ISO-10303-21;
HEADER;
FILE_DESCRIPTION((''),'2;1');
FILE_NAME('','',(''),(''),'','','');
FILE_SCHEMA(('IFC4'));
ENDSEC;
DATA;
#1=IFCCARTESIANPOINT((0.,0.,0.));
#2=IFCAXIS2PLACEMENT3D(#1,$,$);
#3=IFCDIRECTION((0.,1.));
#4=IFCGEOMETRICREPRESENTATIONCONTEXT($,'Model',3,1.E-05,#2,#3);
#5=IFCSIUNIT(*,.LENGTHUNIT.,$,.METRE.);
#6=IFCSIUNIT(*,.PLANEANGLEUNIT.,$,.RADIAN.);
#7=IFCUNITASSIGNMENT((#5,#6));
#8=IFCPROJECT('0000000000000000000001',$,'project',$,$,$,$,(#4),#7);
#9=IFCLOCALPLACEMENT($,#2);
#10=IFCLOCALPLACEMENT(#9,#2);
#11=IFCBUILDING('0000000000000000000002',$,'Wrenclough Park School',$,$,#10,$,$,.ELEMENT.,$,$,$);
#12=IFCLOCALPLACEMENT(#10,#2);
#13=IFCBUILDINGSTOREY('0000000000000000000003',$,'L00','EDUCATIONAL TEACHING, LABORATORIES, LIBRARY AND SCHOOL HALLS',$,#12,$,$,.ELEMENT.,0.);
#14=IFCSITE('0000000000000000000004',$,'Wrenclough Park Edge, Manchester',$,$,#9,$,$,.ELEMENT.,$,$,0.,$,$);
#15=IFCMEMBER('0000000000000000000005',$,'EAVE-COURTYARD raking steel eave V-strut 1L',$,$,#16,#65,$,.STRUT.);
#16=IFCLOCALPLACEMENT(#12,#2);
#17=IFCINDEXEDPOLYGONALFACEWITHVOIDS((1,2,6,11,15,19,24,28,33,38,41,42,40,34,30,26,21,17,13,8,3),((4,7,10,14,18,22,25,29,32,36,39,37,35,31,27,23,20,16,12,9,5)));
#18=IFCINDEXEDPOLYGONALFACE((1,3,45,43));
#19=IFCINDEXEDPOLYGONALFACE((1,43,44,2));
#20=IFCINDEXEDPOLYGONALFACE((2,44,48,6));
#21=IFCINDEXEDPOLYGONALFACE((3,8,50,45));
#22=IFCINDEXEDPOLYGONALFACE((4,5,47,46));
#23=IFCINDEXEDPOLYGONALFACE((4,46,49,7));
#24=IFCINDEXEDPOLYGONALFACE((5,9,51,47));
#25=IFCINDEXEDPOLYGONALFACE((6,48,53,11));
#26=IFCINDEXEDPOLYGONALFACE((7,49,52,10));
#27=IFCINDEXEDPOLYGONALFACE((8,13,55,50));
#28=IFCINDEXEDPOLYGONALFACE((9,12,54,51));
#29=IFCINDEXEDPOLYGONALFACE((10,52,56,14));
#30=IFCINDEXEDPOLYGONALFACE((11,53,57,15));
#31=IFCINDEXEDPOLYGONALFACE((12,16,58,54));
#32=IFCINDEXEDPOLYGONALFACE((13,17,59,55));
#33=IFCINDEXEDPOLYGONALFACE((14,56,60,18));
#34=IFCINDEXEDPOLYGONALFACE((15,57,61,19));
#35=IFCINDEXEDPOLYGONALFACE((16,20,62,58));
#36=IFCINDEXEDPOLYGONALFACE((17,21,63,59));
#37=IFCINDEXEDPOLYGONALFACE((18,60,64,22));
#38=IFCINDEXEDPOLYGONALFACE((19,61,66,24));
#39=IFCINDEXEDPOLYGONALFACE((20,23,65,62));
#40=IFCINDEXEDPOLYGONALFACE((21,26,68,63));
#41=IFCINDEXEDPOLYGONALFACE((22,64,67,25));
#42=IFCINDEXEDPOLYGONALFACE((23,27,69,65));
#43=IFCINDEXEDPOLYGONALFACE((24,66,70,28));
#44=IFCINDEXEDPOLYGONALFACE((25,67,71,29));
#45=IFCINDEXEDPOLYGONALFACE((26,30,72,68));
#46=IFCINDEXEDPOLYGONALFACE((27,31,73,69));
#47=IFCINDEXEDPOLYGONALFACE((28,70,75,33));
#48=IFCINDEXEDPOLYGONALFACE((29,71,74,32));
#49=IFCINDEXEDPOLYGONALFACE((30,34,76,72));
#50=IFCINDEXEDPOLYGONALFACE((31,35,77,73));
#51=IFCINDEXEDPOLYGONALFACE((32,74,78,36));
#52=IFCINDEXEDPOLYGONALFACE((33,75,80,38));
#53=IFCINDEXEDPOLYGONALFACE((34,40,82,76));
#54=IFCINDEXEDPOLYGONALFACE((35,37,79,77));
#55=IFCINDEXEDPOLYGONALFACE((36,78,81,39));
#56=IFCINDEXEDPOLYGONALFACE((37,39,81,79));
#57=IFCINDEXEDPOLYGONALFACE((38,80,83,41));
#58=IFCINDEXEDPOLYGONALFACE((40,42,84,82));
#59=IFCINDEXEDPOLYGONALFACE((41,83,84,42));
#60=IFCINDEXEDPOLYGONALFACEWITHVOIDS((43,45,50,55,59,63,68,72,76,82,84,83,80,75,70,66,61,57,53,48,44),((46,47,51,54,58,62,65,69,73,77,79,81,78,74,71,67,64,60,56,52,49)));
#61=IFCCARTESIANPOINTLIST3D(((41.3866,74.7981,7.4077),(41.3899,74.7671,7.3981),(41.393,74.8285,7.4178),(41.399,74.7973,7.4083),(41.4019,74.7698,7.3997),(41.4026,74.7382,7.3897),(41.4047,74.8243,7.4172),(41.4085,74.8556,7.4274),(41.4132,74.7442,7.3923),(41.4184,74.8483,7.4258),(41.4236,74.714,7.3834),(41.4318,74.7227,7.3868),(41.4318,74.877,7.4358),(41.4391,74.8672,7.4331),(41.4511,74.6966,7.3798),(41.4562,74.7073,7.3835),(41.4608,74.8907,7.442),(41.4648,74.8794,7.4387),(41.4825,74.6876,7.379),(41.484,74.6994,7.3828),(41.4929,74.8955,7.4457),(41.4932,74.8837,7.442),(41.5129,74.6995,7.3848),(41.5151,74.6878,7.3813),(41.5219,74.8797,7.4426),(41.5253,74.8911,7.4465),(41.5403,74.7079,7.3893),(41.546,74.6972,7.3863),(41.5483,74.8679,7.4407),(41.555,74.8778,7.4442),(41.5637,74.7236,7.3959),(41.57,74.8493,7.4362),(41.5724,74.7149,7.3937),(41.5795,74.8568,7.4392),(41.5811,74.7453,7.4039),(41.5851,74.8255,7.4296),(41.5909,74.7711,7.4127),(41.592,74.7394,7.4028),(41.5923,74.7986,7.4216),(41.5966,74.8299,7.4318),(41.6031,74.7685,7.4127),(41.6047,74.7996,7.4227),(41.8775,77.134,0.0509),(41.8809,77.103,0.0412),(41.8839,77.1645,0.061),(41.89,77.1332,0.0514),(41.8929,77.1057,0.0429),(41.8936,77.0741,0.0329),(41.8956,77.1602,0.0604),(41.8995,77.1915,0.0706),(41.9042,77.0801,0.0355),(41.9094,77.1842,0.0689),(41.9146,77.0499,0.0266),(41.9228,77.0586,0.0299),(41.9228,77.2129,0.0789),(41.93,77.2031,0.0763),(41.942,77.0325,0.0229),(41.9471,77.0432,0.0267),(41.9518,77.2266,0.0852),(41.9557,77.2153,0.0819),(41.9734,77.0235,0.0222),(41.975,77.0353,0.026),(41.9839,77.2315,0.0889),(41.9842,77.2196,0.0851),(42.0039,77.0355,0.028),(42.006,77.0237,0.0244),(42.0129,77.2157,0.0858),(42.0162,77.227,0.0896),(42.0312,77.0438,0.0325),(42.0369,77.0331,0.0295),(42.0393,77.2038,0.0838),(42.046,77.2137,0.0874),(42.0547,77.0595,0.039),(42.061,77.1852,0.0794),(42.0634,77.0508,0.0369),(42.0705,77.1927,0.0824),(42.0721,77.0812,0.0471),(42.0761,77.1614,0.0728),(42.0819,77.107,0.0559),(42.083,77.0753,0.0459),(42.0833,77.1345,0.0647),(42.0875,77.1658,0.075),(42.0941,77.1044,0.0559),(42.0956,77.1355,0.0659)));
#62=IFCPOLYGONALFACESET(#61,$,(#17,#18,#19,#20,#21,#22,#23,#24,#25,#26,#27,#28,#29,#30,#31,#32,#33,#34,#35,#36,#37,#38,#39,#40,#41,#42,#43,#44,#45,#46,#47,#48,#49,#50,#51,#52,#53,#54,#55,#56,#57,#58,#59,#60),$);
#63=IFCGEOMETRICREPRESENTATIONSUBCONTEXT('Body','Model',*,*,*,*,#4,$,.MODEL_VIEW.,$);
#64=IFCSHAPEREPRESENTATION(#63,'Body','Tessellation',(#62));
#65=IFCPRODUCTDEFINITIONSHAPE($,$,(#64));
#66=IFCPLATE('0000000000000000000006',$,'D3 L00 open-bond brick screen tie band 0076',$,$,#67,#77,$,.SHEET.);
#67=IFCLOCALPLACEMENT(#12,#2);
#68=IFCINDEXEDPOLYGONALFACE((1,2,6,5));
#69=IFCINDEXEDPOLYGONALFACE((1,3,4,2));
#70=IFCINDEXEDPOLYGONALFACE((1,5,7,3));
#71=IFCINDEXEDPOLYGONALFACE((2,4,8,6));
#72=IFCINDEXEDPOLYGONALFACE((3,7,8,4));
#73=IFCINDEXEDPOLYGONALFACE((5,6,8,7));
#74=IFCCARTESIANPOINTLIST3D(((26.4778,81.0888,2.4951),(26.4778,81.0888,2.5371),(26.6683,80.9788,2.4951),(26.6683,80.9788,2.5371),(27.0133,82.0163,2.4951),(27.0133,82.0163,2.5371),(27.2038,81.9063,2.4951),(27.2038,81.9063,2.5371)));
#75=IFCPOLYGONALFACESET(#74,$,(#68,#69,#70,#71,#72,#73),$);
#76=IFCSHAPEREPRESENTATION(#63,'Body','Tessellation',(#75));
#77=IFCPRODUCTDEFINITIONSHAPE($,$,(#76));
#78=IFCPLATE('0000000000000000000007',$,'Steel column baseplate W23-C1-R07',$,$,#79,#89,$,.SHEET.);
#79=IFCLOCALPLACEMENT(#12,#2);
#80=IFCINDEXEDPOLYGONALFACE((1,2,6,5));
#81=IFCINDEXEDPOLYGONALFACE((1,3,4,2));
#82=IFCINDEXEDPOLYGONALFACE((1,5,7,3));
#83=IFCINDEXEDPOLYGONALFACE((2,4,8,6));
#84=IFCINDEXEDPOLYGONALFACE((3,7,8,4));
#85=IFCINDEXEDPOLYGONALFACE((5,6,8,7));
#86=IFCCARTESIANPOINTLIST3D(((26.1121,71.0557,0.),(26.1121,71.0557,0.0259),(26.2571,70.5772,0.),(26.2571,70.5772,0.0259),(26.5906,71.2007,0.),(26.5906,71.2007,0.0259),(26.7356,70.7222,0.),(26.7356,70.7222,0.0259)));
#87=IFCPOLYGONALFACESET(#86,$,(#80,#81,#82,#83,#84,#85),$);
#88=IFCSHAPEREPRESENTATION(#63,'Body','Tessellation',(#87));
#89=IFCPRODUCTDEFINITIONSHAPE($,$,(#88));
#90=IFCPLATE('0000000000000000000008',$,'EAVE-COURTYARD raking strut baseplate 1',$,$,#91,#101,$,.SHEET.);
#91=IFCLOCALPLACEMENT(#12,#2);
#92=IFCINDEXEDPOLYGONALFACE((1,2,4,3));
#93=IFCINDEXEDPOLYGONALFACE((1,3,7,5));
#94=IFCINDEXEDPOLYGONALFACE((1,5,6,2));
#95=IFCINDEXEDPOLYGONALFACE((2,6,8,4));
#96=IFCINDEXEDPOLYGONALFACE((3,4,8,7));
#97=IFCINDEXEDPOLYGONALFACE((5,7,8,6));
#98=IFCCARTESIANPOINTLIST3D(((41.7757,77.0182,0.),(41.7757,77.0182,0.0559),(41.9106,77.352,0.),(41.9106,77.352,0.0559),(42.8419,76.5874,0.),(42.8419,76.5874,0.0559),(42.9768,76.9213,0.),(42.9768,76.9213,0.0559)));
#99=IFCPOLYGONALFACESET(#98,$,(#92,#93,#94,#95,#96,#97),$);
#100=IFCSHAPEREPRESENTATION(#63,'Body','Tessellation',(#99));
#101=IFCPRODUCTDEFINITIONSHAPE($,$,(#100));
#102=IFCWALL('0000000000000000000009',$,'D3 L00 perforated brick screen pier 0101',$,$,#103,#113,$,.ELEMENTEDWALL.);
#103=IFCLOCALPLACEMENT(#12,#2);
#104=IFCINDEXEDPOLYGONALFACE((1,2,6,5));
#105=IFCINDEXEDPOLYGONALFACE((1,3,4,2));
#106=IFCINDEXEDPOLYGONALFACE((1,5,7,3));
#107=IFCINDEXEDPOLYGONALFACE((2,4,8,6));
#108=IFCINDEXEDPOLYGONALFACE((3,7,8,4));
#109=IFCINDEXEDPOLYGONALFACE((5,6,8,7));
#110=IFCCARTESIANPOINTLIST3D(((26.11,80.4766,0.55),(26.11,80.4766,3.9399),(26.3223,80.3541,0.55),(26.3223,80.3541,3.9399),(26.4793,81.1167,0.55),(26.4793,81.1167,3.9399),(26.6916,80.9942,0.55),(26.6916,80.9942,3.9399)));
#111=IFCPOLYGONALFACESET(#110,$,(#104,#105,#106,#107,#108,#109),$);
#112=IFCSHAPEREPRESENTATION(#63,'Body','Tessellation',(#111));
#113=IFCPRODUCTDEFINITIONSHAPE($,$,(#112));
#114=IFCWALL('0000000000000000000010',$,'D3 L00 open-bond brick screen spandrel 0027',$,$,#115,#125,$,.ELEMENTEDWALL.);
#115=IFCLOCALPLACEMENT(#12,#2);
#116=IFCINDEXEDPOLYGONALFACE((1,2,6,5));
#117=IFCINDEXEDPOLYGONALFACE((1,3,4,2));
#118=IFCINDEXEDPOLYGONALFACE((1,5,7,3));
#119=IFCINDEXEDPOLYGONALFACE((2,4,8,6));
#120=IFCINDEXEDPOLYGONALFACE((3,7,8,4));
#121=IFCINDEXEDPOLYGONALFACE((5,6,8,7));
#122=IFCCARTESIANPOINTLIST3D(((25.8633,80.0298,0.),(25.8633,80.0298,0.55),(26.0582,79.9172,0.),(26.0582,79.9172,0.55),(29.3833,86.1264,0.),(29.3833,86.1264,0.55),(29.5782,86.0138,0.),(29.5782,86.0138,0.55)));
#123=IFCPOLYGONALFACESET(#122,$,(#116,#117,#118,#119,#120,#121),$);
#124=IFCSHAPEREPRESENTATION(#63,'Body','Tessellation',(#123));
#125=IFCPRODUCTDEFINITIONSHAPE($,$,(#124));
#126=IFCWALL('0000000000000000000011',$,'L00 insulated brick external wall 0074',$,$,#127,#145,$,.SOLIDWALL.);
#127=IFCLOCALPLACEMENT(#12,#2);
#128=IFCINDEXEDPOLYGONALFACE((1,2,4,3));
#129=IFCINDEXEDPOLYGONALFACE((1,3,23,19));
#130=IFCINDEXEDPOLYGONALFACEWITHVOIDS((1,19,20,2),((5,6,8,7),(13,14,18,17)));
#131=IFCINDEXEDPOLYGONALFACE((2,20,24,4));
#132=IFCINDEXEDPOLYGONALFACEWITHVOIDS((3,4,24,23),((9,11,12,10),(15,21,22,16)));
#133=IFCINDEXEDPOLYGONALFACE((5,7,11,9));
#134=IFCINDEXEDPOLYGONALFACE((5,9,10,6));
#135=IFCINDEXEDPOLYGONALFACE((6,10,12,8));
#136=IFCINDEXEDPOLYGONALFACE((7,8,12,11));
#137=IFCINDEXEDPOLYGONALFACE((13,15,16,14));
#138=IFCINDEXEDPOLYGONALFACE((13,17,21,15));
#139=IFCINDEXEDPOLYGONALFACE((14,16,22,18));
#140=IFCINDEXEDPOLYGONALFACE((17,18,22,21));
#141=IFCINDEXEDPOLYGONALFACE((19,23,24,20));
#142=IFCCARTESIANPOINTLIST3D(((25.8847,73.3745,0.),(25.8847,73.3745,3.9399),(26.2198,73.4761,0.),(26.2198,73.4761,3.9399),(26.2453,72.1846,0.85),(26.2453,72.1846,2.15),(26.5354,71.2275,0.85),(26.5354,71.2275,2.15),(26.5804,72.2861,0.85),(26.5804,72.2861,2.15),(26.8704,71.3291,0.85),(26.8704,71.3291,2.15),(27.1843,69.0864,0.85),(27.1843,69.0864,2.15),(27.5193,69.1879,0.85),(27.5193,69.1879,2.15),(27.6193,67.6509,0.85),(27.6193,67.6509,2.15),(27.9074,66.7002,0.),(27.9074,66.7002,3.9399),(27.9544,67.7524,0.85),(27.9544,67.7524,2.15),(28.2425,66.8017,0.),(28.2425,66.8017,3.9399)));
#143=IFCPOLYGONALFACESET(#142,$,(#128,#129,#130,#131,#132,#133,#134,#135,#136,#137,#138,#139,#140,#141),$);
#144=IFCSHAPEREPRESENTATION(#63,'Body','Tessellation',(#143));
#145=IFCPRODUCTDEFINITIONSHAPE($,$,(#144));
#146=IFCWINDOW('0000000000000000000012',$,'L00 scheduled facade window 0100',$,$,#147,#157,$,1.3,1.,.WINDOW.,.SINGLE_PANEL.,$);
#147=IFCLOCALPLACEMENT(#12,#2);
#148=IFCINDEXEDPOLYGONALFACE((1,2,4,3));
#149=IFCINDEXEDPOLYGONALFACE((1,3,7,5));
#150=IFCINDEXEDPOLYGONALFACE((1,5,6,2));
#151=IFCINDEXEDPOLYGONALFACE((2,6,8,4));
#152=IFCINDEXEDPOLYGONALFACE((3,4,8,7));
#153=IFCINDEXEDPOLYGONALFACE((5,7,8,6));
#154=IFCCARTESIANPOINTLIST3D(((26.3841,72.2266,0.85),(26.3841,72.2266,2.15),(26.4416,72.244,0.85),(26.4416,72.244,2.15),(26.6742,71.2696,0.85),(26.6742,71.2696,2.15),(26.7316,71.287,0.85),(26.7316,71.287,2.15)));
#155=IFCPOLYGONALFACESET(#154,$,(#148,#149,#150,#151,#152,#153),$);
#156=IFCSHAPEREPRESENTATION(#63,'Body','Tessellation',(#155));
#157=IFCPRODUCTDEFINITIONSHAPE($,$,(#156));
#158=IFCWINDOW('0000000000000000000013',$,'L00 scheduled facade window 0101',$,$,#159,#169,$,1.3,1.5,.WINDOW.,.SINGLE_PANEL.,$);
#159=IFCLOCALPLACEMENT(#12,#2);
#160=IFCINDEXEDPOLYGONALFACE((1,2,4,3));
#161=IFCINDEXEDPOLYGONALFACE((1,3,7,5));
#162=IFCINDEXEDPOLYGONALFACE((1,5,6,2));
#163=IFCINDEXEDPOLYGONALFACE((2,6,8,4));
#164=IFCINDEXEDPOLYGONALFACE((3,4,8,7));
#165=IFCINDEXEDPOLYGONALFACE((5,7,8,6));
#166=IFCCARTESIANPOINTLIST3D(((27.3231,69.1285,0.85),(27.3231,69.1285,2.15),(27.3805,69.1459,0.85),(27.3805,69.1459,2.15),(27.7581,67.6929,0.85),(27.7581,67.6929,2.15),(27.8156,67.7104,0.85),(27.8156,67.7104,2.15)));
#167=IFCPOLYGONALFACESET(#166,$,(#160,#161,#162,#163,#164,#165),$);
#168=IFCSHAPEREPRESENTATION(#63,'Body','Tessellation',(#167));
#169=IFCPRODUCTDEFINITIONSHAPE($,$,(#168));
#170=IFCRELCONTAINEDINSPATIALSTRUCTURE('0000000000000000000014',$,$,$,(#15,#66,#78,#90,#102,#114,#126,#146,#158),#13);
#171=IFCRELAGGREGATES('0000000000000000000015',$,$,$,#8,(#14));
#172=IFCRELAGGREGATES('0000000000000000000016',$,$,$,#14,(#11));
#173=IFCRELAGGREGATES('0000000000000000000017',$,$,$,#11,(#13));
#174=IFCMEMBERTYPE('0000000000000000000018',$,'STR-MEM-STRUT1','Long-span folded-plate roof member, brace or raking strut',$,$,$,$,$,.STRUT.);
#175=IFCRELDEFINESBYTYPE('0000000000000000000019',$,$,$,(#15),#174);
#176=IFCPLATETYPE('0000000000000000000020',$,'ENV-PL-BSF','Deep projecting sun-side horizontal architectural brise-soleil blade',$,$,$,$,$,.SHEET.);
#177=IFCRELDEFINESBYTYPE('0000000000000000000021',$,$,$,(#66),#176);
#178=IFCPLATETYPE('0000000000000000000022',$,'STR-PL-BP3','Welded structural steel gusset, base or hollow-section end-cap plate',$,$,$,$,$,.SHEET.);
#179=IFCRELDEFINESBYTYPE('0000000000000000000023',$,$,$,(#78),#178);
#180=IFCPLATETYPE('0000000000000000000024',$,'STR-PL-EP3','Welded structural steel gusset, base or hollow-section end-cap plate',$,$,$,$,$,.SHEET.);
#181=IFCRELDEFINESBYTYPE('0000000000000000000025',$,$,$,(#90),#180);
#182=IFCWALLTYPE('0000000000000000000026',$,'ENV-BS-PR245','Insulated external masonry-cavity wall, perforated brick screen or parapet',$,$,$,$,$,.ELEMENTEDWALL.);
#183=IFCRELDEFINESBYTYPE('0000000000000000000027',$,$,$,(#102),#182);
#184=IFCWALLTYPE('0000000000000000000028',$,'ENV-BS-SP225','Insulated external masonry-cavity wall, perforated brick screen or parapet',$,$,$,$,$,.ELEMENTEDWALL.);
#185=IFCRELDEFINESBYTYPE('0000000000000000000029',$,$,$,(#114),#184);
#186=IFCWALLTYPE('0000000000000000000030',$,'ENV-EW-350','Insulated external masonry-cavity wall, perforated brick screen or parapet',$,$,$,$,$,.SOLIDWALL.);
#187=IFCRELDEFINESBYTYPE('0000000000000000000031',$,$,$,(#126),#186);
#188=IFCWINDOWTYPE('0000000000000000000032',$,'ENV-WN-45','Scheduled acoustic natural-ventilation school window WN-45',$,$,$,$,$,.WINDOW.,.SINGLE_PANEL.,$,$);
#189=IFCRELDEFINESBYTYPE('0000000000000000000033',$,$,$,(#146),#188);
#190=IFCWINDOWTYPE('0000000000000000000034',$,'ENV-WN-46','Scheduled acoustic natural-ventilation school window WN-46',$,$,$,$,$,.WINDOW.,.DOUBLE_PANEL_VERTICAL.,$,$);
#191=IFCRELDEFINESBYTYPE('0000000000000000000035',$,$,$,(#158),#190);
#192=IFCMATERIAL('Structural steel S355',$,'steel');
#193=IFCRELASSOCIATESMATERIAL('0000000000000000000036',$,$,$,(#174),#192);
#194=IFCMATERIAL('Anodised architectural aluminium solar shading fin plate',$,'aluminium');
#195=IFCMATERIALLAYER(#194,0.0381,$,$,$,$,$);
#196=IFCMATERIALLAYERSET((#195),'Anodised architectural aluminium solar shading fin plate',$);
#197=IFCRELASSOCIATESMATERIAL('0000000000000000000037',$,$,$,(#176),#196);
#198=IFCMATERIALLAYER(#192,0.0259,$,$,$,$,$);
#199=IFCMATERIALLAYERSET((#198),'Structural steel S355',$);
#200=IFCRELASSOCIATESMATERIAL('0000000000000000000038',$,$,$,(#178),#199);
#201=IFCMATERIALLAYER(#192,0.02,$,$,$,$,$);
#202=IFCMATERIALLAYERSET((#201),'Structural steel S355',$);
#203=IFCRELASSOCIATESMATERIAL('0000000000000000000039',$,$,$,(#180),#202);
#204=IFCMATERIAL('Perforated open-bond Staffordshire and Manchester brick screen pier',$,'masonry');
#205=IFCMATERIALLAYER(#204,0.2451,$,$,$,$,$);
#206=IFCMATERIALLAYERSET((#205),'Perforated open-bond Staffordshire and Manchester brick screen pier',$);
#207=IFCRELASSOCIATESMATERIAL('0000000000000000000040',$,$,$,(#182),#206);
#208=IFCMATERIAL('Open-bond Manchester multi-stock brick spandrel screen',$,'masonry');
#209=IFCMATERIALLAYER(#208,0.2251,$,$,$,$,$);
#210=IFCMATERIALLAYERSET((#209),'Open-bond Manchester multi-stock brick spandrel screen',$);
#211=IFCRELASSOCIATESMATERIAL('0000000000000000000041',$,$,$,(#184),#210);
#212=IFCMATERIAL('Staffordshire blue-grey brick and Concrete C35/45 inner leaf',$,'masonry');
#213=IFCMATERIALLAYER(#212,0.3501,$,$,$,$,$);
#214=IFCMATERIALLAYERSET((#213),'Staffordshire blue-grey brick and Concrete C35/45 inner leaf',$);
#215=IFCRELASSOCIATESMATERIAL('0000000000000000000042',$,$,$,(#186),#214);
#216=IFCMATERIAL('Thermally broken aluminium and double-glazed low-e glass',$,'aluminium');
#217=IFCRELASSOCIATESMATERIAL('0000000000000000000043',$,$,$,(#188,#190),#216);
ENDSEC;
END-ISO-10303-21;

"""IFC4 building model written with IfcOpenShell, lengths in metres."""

from ifc_helpers import new_model, si_unit, direction, frame, frame_2d, origin, origin_2d, place, context, subcontext, project, spatial, rectangle, hollow_circle, extrude, material, layer, layer_set, material_profile, profile_set, type_object, element, fill, save


model = new_model("IFC4")

# Units and contexts
model_context = context("Model", 3, precision=1e-05, world=origin(), true_north=direction((0.0, 1.0)))
body_context = subcontext(model_context, "Body", "Model", "MODEL_VIEW")
ifc_project = project(units=[si_unit("LENGTHUNIT", "METRE"), si_unit("PLANEANGLEUNIT", "RADIAN")], contexts=[model_context])

# Site, building, storey
site_placement = place(None, origin())
site = spatial("IfcSite", under=ifc_project, at=site_placement, Name="Wrenclough Park Edge, Manchester", CompositionType="ELEMENT", RefElevation=0.0)
building_placement = place(site_placement, origin())
building = spatial("IfcBuilding", under=site, at=building_placement, Name="Wrenclough Park School", CompositionType="ELEMENT")
storey_placement = place(building_placement, origin())
storey = spatial("IfcBuildingStorey", under=building, at=storey_placement, Name="L00", Description="EDUCATIONAL TEACHING, LABORATORIES, LIBRARY AND SCHOOL HALLS", CompositionType="ELEMENT", Elevation=0.0)

# Shared definitions
ifc_material_1 = material(Name="Structural steel S355", Category="steel")

# Member
ifc_material_profile_1 = material_profile(ifc_material_1, hollow_circle(Radius=0.1096, WallThickness=0.0125, at=origin_2d()), Name="CHS 219.1x12.5")
ifc_profile_set_1 = profile_set([ifc_material_profile_1], Name="Structural steel S355")
member_type_1 = type_object("IfcMemberType", Name="STR-MEM-STRUT1", Description="Long-span folded-plate roof member, brace or raking strut", PredefinedType="STRUT", material=ifc_profile_set_1)
member_1_placement = place(storey_placement, frame((41.9868, 77.127, 0.0559), z_axis=(-0.063478, -0.302016, 0.951187), x_axis=(0.978618, -0.205686, 0.0)))
element("IfcMember", 1, at=member_1_placement, inside=storey, type_object=member_type_1, Name="EAVE-COURTYARD raking steel eave V-strut 1L", PredefinedType="STRUT", context=body_context, shape_type="SweptSolid", body=[
    extrude(hollow_circle(Radius=0.1096, WallThickness=0.0125, at=origin_2d()), origin(), (0.0, 0.0, 1.0), 7.7344),
])

# Plates
ifc_material_2 = material(Name="Anodised architectural aluminium solar shading fin plate", Category="aluminium")
ifc_layer_1 = layer(ifc_material_2, 0.0381)
ifc_layer_set_1 = layer_set([ifc_layer_1], Name="Anodised architectural aluminium solar shading fin plate")
plate_type_1 = type_object("IfcPlateType", Name="ENV-PL-BSF", Description="Deep projecting sun-side horizontal architectural brise-soleil blade", PredefinedType="SHEET", material=ifc_layer_set_1)
plate_1_placement = place(storey_placement, frame((26.8408, 81.4976, 2.4951), z_axis=(0.0, 0.0, 1.0), x_axis=(0.499991, 0.866031, 0.0)))
element("IfcPlate", 2, at=plate_1_placement, inside=storey, type_object=plate_type_1, Name="D3 L00 open-bond brick screen tie band 0076", PredefinedType="SHEET", context=body_context, shape_type="SweptSolid", body=[
    extrude(rectangle(XDim=1.071, YDim=0.22, at=origin_2d()), origin(), (0.0, 0.0, 1.0), 0.042),
])
ifc_layer_2 = layer(ifc_material_1, 0.0259)
ifc_layer_set_2 = layer_set([ifc_layer_2], Name="Structural steel S355")
plate_type_2 = type_object("IfcPlateType", Name="STR-PL-BP3", Description="Welded structural steel gusset, base or hollow-section end-cap plate", PredefinedType="SHEET", material=ifc_layer_set_2)
plate_2_placement = place(storey_placement, frame((26.4238, 70.8889, 0.0), z_axis=(0.0, 0.0, 1.0), x_axis=(-0.290034, 0.957016, 0.0)))
element("IfcPlate", 3, at=plate_2_placement, inside=storey, type_object=plate_type_2, Name="Steel column baseplate W23-C1-R07", PredefinedType="SHEET", context=body_context, shape_type="SweptSolid", body=[
    extrude(rectangle(XDim=0.5, YDim=0.5, at=origin_2d()), origin(), (0.0, 0.0, 1.0), 0.0259),
])
ifc_layer_3 = layer(ifc_material_1, 0.02)
ifc_layer_set_3 = layer_set([ifc_layer_3], Name="Structural steel S355")
plate_type_3 = type_object("IfcPlateType", Name="STR-PL-EP3", Description="Welded structural steel gusset, base or hollow-section end-cap plate", PredefinedType="SHEET", material=ifc_layer_set_3)
plate_3_placement = place(storey_placement, frame((42.3762, 76.9697, 0.0), z_axis=(0.0, 0.0, 1.0), x_axis=(0.927184, -0.374607, 0.0)))
element("IfcPlate", 4, at=plate_3_placement, inside=storey, type_object=plate_type_3, Name="EAVE-COURTYARD raking strut baseplate 1", PredefinedType="SHEET", context=body_context, shape_type="SweptSolid", body=[
    extrude(rectangle(XDim=1.1499, YDim=0.3601, at=origin_2d()), origin(), (0.0, 0.0, 1.0), 0.0559),
])

# Walls
ifc_material_3 = material(Name="Perforated open-bond Staffordshire and Manchester brick screen pier", Category="masonry")
ifc_layer_4 = layer(ifc_material_3, 0.2451)
ifc_layer_set_4 = layer_set([ifc_layer_4], Name="Perforated open-bond Staffordshire and Manchester brick screen pier")
wall_type_1 = type_object("IfcWallType", Name="ENV-BS-PR245", Description="Insulated external masonry-cavity wall, perforated brick screen or parapet", PredefinedType="ELEMENTEDWALL", material=ifc_layer_set_4)
wall_1_placement = place(storey_placement, frame((26.2161, 80.4153, 0.55), z_axis=(0.0, 0.0, 1.0), x_axis=(0.499799, 0.866142, 0.0)))
element("IfcWall", 5, at=wall_1_placement, inside=storey, type_object=wall_type_1, Name="D3 L00 perforated brick screen pier 0101", PredefinedType="ELEMENTEDWALL", context=body_context, shape_type="SweptSolid", body=[
    extrude(rectangle(XDim=0.739, YDim=0.2451, at=frame_2d((0.3696, 0.0))), origin(), (0.0, 0.0, 1.0), 3.3899),
])
ifc_material_4 = material(Name="Open-bond Manchester multi-stock brick spandrel screen", Category="masonry")
ifc_layer_5 = layer(ifc_material_4, 0.2251)
ifc_layer_set_5 = layer_set([ifc_layer_5], Name="Open-bond Manchester multi-stock brick spandrel screen")
wall_type_2 = type_object("IfcWallType", Name="ENV-BS-SP225", Description="Insulated external masonry-cavity wall, perforated brick screen or parapet", PredefinedType="ELEMENTEDWALL", material=ifc_layer_set_5)
wall_2_placement = place(storey_placement, frame((25.9607, 79.9734, 0.0), z_axis=(0.0, 0.0, 1.0), x_axis=(0.500011, 0.866019, 0.0)))
element("IfcWall", 6, at=wall_2_placement, inside=storey, type_object=wall_type_2, Name="D3 L00 open-bond brick screen spandrel 0027", PredefinedType="ELEMENTEDWALL", context=body_context, shape_type="SweptSolid", body=[
    extrude(rectangle(XDim=7.0398, YDim=0.2251, at=frame_2d((3.52, 0.0))), origin(), (0.0, 0.0, 1.0), 0.55),
])

# Wall, openings, windows
ifc_material_5 = material(Name="Staffordshire blue-grey brick and Concrete C35/45 inner leaf", Category="masonry")
ifc_layer_6 = layer(ifc_material_5, 0.3501)
ifc_layer_set_6 = layer_set([ifc_layer_6], Name="Staffordshire blue-grey brick and Concrete C35/45 inner leaf")
wall_type_3 = type_object("IfcWallType", Name="ENV-EW-350", Description="Insulated external masonry-cavity wall, perforated brick screen or parapet", PredefinedType="SOLIDWALL", material=ifc_layer_set_6)
wall_3_placement = place(storey_placement, frame((26.0522, 73.4253, 0.0), z_axis=(0.0, 0.0, 1.0), x_axis=(0.290032, -0.957017, 0.0)))
wall_3 = element("IfcWall", 7, at=wall_3_placement, inside=storey, type_object=wall_type_3, Name="L00 insulated brick external wall 0074", PredefinedType="SOLIDWALL", context=body_context, shape_type="SweptSolid", body=[
    extrude(rectangle(XDim=6.9741, YDim=0.3501, at=frame_2d((3.4871, 0.0))), origin(), (0.0, 0.0, 1.0), 3.9399),
])
opening_1_placement = place(wall_3_placement, frame((1.2434, 0.0, 0.8501)))
opening_1 = element("IfcOpeningElement", 8, at=opening_1_placement, cuts=wall_3, PredefinedType="OPENING", context=body_context, shape_type="SweptSolid", body=[
    extrude(rectangle(XDim=1.0, YDim=1.3, at=frame_2d((0.5, 0.6499))), frame((0.0, 0.1851, 0.0), z_axis=(0.0, -1.0, 0.0), x_axis=(1.0, 0.0, 0.0)), (0.0, 0.0, 1.0), 0.3701),
])
opening_2_placement = place(wall_3_placement, frame((4.4807, 0.0, 0.8501)))
opening_2 = element("IfcOpeningElement", 9, at=opening_2_placement, cuts=wall_3, PredefinedType="OPENING", context=body_context, shape_type="SweptSolid", body=[
    extrude(rectangle(XDim=1.5, YDim=1.3, at=frame_2d((0.75, 0.6499))), frame((0.0, 0.1851, 0.0), z_axis=(0.0, -1.0, 0.0), x_axis=(1.0, 0.0, 0.0)), (0.0, 0.0, 1.0), 0.3701),
])
ifc_material_6 = material(Name="Thermally broken aluminium and double-glazed low-e glass", Category="aluminium")
window_type_1 = type_object("IfcWindowType", Name="ENV-WN-45", Description="Scheduled acoustic natural-ventilation school window WN-45", PartitioningType="SINGLE_PANEL", PredefinedType="WINDOW", material=ifc_material_6)
window_1_placement = place(opening_1_placement, origin())
window_1 = element("IfcWindow", 10, at=window_1_placement, inside=storey, type_object=window_type_1, Name="L00 scheduled facade window 0100", OverallHeight=1.3, OverallWidth=1.0, PartitioningType="SINGLE_PANEL", PredefinedType="WINDOW", context=body_context, shape_type="SweptSolid", body=[
    extrude(rectangle(XDim=1.0, YDim=1.3, at=frame_2d((0.5, 0.6499))), frame((0.0, 0.03, 0.0), z_axis=(0.0, -1.0, 0.0), x_axis=(1.0, 0.0, 0.0)), (0.0, 0.0, 1.0), 0.0601),
])
fill(opening_1, window_1)
window_type_2 = type_object("IfcWindowType", Name="ENV-WN-46", Description="Scheduled acoustic natural-ventilation school window WN-46", PartitioningType="DOUBLE_PANEL_VERTICAL", PredefinedType="WINDOW", material=ifc_material_6)
window_2_placement = place(opening_2_placement, origin())
window_2 = element("IfcWindow", 11, at=window_2_placement, inside=storey, type_object=window_type_2, Name="L00 scheduled facade window 0101", OverallHeight=1.3, OverallWidth=1.5, PartitioningType="SINGLE_PANEL", PredefinedType="WINDOW", context=body_context, shape_type="SweptSolid", body=[
    extrude(rectangle(XDim=1.5, YDim=1.3, at=frame_2d((0.75, 0.6499))), frame((0.0, 0.03, 0.0), z_axis=(0.0, -1.0, 0.0), x_axis=(1.0, 0.0, 0.0)), (0.0, 0.0, 1.0), 0.0601),
])
fill(opening_2, window_2)

save(model, "model.ifc")
